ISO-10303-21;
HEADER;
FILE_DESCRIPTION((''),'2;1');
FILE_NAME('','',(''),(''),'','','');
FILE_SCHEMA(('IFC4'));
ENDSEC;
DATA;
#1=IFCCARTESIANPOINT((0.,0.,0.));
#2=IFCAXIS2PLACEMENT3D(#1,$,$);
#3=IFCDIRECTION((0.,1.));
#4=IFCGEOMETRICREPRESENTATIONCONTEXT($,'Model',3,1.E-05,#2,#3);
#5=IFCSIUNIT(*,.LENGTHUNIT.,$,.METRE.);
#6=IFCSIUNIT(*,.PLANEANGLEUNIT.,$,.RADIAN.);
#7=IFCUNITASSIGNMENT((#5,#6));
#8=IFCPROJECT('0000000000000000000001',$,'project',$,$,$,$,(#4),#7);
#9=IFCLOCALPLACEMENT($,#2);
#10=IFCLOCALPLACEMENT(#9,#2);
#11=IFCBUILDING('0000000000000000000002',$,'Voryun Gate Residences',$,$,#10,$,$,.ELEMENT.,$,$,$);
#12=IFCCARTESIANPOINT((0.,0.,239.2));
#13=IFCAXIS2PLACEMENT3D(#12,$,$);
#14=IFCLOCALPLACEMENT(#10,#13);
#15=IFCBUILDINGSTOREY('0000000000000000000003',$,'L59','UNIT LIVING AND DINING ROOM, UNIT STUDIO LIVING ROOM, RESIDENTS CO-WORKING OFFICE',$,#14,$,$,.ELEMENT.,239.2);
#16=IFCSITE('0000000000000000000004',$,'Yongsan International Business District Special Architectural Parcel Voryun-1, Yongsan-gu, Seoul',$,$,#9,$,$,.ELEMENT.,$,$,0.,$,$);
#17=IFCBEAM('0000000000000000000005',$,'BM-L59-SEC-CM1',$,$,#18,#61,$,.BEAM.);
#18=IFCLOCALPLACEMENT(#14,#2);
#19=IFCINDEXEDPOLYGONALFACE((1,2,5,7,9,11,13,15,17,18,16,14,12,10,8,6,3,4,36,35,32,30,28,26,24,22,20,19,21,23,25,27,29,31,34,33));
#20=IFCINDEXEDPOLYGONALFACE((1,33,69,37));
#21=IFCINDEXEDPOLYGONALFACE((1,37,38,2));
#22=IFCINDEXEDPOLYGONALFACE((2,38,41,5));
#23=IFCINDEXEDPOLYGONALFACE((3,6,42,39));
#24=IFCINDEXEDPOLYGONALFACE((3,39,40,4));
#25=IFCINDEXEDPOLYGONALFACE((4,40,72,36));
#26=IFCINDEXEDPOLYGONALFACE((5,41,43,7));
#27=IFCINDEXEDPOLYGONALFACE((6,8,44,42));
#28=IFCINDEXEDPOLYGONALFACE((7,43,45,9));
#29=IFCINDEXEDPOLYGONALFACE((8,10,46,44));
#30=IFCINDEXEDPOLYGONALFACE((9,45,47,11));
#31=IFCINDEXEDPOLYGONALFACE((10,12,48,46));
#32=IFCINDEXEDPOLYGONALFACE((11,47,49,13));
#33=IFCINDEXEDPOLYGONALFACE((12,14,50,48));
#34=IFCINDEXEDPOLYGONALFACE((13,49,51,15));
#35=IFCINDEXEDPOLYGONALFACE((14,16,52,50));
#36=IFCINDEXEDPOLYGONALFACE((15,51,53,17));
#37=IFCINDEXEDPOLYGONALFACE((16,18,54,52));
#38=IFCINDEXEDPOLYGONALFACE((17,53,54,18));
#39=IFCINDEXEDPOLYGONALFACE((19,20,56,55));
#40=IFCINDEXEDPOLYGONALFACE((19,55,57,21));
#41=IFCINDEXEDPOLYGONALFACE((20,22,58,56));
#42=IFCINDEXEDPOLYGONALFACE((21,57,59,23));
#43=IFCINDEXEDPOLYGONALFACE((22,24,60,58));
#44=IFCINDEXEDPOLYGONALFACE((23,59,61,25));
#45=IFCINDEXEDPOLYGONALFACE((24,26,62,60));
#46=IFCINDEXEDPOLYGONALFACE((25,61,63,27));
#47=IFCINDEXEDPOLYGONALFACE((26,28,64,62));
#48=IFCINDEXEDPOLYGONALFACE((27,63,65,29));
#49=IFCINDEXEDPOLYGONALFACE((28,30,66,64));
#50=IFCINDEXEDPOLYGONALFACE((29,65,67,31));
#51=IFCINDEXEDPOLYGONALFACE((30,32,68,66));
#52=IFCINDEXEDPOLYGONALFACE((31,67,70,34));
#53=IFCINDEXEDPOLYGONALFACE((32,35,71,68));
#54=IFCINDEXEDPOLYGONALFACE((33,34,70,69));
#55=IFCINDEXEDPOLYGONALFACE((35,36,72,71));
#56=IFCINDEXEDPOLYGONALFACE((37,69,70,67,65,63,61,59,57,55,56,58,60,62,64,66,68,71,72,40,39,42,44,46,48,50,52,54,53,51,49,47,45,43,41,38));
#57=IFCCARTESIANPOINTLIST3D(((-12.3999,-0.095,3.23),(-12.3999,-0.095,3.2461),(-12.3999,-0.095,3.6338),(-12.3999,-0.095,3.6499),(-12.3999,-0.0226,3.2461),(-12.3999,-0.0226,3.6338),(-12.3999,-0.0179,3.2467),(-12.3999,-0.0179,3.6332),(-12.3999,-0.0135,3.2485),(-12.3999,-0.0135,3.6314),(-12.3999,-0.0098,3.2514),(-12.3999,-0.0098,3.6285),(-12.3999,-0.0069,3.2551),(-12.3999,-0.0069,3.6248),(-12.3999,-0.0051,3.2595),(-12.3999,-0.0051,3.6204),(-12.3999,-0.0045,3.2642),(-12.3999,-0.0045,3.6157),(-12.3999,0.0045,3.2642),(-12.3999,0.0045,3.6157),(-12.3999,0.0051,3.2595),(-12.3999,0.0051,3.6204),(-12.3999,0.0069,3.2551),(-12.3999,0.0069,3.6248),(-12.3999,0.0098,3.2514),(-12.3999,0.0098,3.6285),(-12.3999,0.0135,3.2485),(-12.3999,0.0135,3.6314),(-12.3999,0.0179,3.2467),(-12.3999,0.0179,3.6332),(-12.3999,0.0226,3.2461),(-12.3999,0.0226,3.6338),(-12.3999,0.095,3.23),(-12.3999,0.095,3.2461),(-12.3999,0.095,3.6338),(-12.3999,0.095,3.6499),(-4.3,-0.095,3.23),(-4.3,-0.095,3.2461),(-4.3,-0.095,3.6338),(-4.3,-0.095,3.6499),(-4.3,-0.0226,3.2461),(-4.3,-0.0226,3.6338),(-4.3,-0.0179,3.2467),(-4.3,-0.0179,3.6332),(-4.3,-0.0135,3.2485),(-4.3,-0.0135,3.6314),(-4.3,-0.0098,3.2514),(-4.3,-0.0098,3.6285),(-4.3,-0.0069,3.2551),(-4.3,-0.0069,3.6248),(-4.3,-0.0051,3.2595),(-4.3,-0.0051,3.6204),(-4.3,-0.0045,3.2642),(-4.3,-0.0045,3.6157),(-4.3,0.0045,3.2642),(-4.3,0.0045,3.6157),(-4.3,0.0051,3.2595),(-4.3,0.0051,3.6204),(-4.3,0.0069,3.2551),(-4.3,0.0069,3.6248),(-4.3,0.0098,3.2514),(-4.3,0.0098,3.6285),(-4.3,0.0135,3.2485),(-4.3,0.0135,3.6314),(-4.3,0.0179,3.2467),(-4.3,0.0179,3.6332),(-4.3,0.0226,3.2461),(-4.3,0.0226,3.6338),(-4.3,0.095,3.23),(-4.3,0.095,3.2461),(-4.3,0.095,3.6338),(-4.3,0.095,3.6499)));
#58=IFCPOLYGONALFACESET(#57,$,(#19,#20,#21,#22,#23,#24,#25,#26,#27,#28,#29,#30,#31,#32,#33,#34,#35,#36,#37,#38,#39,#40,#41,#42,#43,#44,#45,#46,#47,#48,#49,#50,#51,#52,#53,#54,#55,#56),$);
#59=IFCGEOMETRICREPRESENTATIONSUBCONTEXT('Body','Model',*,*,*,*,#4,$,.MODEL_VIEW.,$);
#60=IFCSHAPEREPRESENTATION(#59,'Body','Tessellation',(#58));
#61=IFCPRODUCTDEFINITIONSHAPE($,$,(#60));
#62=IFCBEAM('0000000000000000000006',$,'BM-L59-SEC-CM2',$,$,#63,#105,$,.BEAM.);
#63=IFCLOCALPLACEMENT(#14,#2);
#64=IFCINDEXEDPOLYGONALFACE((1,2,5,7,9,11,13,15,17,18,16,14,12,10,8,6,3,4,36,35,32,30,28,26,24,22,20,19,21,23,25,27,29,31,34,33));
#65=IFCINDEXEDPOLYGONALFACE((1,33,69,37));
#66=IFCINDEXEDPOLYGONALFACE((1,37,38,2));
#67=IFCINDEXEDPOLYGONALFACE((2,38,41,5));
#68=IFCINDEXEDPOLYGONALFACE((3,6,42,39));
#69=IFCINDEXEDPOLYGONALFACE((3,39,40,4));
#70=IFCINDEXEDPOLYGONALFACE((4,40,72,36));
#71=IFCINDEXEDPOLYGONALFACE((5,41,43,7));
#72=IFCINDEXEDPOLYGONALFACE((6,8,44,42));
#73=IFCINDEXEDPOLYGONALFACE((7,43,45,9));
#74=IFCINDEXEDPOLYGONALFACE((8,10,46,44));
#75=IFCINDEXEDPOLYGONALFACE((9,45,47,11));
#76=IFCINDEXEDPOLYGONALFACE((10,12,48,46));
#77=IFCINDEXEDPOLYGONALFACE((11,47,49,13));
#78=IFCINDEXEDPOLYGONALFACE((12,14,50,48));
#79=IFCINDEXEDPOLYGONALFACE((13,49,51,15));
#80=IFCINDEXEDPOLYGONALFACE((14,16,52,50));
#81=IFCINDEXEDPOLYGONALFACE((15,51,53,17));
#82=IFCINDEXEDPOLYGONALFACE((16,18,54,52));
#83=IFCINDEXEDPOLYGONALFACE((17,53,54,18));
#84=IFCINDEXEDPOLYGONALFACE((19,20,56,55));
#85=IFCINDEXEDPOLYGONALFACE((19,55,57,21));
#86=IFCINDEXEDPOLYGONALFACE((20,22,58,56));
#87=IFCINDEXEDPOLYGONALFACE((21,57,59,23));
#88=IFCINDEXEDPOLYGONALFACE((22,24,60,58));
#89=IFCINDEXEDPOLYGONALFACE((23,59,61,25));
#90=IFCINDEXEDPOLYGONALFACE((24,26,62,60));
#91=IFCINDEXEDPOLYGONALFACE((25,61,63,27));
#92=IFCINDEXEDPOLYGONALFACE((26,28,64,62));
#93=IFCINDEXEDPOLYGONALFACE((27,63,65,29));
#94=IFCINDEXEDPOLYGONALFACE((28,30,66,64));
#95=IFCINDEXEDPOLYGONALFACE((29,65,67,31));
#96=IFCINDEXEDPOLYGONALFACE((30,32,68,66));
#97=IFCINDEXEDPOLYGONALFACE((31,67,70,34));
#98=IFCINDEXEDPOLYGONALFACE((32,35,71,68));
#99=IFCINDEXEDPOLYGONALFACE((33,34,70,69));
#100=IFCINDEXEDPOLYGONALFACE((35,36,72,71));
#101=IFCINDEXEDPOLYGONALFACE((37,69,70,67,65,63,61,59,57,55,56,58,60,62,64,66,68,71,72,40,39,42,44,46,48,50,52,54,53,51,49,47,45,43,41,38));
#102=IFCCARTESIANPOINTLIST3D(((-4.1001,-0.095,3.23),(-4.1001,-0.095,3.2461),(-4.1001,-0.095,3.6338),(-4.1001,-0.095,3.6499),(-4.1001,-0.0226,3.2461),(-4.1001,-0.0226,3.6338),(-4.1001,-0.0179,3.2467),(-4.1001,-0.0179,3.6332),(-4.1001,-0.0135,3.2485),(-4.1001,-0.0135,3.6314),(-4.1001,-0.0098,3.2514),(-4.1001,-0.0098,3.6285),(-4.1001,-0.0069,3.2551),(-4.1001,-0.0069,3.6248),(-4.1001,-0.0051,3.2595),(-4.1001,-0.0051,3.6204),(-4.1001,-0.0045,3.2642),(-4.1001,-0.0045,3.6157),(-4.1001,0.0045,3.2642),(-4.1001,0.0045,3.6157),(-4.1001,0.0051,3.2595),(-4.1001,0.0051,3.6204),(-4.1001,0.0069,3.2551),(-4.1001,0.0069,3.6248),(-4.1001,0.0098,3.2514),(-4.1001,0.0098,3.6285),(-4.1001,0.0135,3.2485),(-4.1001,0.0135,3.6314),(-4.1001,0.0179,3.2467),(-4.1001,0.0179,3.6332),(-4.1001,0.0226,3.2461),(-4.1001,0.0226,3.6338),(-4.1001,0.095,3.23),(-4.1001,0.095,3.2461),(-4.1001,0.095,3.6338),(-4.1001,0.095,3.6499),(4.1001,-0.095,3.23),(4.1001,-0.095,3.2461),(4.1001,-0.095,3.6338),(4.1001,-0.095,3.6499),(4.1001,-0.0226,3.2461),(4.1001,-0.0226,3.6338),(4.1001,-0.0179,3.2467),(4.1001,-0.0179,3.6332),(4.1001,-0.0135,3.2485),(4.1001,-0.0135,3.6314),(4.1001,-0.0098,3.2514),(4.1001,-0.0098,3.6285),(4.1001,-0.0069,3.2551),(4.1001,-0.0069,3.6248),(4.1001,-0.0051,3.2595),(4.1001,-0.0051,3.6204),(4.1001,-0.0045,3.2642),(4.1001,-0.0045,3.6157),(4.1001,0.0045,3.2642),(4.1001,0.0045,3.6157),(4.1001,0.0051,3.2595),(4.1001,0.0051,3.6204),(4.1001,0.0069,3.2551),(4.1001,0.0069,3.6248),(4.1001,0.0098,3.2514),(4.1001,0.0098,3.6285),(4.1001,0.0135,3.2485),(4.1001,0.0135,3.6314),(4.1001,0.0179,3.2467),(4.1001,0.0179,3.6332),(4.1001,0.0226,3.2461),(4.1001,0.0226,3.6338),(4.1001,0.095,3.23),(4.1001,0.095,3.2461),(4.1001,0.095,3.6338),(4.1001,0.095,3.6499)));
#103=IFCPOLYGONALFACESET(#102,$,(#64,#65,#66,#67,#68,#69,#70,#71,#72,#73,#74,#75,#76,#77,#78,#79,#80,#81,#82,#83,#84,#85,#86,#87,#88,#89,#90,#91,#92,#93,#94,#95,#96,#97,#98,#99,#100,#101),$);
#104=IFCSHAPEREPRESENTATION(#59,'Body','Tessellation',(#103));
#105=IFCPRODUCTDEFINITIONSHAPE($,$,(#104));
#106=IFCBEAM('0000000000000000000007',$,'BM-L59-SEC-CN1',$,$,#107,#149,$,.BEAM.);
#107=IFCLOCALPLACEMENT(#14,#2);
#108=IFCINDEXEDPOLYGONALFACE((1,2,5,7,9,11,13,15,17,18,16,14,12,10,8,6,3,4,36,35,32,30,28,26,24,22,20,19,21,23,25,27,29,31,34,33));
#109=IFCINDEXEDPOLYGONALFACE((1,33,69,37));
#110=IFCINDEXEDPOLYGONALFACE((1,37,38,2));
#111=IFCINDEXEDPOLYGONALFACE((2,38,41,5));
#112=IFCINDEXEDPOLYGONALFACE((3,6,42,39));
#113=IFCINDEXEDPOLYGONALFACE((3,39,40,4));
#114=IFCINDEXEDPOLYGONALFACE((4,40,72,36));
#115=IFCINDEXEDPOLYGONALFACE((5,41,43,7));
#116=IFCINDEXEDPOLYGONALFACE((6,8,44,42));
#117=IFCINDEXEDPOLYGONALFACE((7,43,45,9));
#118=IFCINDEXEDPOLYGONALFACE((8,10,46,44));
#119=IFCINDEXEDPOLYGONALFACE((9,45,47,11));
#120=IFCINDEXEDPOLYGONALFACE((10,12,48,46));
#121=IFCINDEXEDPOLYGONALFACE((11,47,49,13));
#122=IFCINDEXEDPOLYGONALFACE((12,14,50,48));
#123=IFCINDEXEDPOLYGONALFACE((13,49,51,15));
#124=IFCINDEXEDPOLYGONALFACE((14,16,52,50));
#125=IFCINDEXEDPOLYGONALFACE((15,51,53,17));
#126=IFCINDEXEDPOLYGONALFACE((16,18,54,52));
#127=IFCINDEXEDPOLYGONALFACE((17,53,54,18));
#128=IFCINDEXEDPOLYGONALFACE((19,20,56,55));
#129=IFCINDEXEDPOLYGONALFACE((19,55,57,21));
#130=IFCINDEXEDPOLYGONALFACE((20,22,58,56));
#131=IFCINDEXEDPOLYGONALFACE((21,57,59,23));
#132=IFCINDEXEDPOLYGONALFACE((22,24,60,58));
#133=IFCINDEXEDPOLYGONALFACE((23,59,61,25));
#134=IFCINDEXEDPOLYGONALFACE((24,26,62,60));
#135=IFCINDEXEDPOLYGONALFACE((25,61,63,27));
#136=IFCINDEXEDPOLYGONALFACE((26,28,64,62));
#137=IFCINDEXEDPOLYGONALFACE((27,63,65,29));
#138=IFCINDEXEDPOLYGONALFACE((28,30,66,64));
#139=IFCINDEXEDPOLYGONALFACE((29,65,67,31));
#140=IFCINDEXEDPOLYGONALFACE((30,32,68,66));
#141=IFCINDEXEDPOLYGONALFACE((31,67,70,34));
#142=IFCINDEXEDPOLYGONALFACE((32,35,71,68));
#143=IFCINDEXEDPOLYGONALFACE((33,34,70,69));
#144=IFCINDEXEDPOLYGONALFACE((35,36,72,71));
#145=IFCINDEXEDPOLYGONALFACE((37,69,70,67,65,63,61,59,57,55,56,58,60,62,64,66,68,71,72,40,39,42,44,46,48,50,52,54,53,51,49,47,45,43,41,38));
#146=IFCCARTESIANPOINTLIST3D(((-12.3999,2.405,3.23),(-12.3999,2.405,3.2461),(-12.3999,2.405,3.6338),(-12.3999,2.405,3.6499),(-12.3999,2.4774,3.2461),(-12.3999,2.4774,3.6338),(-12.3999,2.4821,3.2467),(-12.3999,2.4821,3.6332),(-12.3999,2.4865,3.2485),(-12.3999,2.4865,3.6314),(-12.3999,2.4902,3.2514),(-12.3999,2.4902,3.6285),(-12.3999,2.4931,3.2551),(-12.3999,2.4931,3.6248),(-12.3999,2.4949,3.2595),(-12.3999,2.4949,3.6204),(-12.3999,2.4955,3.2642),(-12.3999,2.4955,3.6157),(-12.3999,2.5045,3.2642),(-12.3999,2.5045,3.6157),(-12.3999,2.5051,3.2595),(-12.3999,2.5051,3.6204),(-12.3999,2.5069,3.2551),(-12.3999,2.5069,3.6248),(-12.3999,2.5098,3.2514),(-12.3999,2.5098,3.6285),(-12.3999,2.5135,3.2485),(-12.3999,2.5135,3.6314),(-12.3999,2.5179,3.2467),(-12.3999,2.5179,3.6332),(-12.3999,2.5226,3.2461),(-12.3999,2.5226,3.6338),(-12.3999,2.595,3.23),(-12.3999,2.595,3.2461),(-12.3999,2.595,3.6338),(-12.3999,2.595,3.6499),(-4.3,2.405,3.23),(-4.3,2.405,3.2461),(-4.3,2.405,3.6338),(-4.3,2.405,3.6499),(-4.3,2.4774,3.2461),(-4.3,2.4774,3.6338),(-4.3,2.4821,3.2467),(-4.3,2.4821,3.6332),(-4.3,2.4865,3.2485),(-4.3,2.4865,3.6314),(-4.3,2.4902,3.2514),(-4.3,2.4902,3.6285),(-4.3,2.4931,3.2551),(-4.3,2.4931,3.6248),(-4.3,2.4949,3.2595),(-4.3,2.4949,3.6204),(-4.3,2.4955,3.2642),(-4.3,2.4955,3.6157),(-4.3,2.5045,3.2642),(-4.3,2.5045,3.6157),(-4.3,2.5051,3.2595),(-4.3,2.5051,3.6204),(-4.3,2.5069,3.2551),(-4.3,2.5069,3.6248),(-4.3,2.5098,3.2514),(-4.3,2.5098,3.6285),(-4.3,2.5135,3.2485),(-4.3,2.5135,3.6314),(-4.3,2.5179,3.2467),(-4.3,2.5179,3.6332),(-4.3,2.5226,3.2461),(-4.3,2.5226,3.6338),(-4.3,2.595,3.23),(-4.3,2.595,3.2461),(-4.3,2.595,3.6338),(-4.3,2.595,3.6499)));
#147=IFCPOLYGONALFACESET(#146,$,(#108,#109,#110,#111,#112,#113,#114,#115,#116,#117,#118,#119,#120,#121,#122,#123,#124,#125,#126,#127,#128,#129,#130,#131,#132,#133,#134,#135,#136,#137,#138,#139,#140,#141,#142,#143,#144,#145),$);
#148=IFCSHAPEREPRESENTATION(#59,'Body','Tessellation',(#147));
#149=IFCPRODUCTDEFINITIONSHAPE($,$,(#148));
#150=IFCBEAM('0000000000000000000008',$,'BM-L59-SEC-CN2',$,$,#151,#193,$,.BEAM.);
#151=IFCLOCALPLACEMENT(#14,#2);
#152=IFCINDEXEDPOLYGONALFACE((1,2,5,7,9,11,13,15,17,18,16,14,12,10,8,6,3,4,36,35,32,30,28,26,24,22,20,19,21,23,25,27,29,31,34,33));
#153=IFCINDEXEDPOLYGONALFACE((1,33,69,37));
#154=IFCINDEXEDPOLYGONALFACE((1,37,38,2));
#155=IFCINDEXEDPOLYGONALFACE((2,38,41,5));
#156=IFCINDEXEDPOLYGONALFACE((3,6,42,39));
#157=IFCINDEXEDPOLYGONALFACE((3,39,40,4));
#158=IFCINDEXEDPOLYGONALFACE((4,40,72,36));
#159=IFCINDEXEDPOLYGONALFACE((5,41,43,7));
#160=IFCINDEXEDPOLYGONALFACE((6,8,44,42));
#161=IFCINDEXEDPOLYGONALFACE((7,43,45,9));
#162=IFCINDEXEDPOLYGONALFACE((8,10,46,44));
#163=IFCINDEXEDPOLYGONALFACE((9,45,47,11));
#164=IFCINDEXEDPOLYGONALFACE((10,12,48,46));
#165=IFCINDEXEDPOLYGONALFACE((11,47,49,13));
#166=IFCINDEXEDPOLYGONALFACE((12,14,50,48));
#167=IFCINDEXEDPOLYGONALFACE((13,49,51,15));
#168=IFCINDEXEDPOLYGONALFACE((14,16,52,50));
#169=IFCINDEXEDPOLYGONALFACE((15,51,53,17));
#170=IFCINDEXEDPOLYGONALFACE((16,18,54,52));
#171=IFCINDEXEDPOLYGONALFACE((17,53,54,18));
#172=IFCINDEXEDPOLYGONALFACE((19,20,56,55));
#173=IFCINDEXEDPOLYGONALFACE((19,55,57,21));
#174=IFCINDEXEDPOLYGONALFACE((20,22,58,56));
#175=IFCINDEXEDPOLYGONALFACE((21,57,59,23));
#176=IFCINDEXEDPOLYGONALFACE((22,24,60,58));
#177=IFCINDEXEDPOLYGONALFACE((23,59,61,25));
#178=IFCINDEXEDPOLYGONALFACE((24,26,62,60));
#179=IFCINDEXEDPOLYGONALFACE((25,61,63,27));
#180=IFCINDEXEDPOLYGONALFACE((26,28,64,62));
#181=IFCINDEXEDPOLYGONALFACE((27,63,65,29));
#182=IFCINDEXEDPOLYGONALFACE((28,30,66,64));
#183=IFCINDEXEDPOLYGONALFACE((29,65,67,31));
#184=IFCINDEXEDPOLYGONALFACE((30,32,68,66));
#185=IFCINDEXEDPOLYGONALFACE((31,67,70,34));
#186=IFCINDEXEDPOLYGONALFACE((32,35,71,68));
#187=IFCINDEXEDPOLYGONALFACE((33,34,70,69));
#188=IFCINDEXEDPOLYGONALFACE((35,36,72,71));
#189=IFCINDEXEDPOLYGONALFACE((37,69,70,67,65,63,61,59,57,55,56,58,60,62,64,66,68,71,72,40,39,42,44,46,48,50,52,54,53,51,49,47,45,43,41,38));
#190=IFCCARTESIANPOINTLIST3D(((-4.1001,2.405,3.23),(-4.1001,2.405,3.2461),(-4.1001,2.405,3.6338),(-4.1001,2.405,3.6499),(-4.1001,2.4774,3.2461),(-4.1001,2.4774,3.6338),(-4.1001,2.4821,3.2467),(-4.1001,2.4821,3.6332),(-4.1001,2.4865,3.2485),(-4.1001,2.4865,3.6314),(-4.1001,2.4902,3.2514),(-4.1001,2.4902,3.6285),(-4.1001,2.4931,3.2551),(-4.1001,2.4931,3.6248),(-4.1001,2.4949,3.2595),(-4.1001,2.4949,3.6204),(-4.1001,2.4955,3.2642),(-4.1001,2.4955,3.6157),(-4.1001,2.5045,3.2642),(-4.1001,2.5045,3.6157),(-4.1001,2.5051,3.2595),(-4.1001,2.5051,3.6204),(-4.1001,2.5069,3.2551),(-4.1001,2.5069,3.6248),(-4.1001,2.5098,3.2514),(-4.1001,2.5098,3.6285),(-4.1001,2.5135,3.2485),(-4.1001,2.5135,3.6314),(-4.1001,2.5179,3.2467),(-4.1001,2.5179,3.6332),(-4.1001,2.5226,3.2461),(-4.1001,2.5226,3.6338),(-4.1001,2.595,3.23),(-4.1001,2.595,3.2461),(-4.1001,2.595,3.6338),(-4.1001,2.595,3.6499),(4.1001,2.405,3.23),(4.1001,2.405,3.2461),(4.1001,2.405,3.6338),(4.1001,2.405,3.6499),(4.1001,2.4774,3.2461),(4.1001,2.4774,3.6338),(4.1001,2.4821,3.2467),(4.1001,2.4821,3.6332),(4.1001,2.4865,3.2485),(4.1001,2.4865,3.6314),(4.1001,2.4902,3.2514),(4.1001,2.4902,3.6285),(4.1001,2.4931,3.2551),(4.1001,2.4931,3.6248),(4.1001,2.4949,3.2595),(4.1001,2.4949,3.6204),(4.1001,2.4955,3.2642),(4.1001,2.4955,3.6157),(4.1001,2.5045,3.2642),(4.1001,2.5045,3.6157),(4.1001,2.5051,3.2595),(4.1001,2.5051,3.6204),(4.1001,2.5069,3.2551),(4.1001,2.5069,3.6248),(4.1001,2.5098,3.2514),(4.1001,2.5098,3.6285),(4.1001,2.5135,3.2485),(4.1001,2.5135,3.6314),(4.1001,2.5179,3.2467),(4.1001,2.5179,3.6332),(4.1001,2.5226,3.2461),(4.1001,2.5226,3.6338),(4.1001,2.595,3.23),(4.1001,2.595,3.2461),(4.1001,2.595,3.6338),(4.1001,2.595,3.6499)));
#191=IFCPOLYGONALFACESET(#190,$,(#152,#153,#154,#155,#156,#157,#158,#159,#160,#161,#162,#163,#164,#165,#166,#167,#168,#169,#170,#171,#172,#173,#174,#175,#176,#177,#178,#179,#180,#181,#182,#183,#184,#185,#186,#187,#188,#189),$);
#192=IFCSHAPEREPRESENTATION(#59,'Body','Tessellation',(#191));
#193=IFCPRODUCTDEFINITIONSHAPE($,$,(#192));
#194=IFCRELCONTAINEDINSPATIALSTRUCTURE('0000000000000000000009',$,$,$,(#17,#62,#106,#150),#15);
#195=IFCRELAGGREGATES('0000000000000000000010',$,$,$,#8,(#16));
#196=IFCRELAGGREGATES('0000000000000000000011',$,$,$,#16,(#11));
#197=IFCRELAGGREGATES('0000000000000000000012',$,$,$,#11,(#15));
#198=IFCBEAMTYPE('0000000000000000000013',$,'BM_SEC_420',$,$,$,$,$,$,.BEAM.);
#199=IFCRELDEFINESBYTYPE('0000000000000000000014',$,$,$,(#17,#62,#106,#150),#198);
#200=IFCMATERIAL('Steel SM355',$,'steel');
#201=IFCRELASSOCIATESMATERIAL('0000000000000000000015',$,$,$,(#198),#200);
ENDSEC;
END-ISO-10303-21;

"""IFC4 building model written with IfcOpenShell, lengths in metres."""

from ifc_helpers import new_model, si_unit, direction, frame, origin, origin_2d, place, context, subcontext, project, spatial, i_section, extrude, material, material_profile, profile_set, type_object, element, save


model = new_model("IFC4")

# Units and contexts
model_context = context("Model", 3, precision=1e-05, world=origin(), true_north=direction((0.0, 1.0)))
body_context = subcontext(model_context, "Body", "Model", "MODEL_VIEW")
ifc_project = project(units=[si_unit("LENGTHUNIT", "METRE"), si_unit("PLANEANGLEUNIT", "RADIAN")], contexts=[model_context])

# Site, building, storey
site_placement = place(None, origin())
site = spatial("IfcSite", under=ifc_project, at=site_placement, Name="Yongsan International Business District Special Architectural Parcel Voryun-1, Yongsan-gu, Seoul", CompositionType="ELEMENT", RefElevation=0.0)
building_placement = place(site_placement, origin())
building = spatial("IfcBuilding", under=site, at=building_placement, Name="Voryun Gate Residences", CompositionType="ELEMENT")
storey_placement = place(building_placement, frame((0.0, 0.0, 239.2)))
storey = spatial("IfcBuildingStorey", under=building, at=storey_placement, Name="L59", Description="UNIT LIVING AND DINING ROOM, UNIT STUDIO LIVING ROOM, RESIDENTS CO-WORKING OFFICE", CompositionType="ELEMENT", Elevation=239.2)

# Beams
ifc_material_1 = material(Name="Steel SM355", Category="steel")
ifc_material_profile_1 = material_profile(ifc_material_1, i_section(OverallWidth=0.1899, OverallDepth=0.4199, WebThickness=0.009, FlangeThickness=0.0161, FilletRadius=0.0181, at=origin_2d()), Name="H-420x190x9x16")
ifc_profile_set_1 = profile_set([ifc_material_profile_1], Name="Steel SM355")
beam_type_1 = type_object("IfcBeamType", Name="BM_SEC_420", PredefinedType="BEAM", material=ifc_profile_set_1)
beam_1_placement = place(storey_placement, frame((-12.3999, 0.0, 3.4399), z_axis=(1.0, 0.0, 0.0), x_axis=(0.0, 1.0, 0.0)))
element("IfcBeam", 1, at=beam_1_placement, inside=storey, type_object=beam_type_1, Name="BM-L59-SEC-CM1", PredefinedType="BEAM", context=body_context, shape_type="SweptSolid", body=[
    extrude(i_section(OverallWidth=0.1899, OverallDepth=0.4199, WebThickness=0.009, FlangeThickness=0.0161, FilletRadius=0.0181, at=origin_2d()), origin(), (0.0, 0.0, 1.0), 8.0999),
])
beam_2_placement = place(storey_placement, frame((-4.1001, 0.0, 3.4399), z_axis=(1.0, 0.0, 0.0), x_axis=(0.0, 1.0, 0.0)))
element("IfcBeam", 2, at=beam_2_placement, inside=storey, type_object=beam_type_1, Name="BM-L59-SEC-CM2", PredefinedType="BEAM", context=body_context, shape_type="SweptSolid", body=[
    extrude(i_section(OverallWidth=0.1899, OverallDepth=0.4199, WebThickness=0.009, FlangeThickness=0.0161, FilletRadius=0.0181, at=origin_2d()), origin(), (0.0, 0.0, 1.0), 8.2002),
])
beam_3_placement = place(storey_placement, frame((-12.3999, 2.5, 3.4399), z_axis=(1.0, 0.0, 0.0), x_axis=(0.0, 1.0, 0.0)))
element("IfcBeam", 3, at=beam_3_placement, inside=storey, type_object=beam_type_1, Name="BM-L59-SEC-CN1", PredefinedType="BEAM", context=body_context, shape_type="SweptSolid", body=[
    extrude(i_section(OverallWidth=0.1899, OverallDepth=0.4199, WebThickness=0.009, FlangeThickness=0.0161, FilletRadius=0.0181, at=origin_2d()), origin(), (0.0, 0.0, 1.0), 8.0999),
])
beam_4_placement = place(storey_placement, frame((-4.1001, 2.5, 3.4399), z_axis=(1.0, 0.0, 0.0), x_axis=(0.0, 1.0, 0.0)))
element("IfcBeam", 4, at=beam_4_placement, inside=storey, type_object=beam_type_1, Name="BM-L59-SEC-CN2", PredefinedType="BEAM", context=body_context, shape_type="SweptSolid", body=[
    extrude(i_section(OverallWidth=0.1899, OverallDepth=0.4199, WebThickness=0.009, FlangeThickness=0.0161, FilletRadius=0.0181, at=origin_2d()), origin(), (0.0, 0.0, 1.0), 8.2002),
])

save(model, "model.ifc")
